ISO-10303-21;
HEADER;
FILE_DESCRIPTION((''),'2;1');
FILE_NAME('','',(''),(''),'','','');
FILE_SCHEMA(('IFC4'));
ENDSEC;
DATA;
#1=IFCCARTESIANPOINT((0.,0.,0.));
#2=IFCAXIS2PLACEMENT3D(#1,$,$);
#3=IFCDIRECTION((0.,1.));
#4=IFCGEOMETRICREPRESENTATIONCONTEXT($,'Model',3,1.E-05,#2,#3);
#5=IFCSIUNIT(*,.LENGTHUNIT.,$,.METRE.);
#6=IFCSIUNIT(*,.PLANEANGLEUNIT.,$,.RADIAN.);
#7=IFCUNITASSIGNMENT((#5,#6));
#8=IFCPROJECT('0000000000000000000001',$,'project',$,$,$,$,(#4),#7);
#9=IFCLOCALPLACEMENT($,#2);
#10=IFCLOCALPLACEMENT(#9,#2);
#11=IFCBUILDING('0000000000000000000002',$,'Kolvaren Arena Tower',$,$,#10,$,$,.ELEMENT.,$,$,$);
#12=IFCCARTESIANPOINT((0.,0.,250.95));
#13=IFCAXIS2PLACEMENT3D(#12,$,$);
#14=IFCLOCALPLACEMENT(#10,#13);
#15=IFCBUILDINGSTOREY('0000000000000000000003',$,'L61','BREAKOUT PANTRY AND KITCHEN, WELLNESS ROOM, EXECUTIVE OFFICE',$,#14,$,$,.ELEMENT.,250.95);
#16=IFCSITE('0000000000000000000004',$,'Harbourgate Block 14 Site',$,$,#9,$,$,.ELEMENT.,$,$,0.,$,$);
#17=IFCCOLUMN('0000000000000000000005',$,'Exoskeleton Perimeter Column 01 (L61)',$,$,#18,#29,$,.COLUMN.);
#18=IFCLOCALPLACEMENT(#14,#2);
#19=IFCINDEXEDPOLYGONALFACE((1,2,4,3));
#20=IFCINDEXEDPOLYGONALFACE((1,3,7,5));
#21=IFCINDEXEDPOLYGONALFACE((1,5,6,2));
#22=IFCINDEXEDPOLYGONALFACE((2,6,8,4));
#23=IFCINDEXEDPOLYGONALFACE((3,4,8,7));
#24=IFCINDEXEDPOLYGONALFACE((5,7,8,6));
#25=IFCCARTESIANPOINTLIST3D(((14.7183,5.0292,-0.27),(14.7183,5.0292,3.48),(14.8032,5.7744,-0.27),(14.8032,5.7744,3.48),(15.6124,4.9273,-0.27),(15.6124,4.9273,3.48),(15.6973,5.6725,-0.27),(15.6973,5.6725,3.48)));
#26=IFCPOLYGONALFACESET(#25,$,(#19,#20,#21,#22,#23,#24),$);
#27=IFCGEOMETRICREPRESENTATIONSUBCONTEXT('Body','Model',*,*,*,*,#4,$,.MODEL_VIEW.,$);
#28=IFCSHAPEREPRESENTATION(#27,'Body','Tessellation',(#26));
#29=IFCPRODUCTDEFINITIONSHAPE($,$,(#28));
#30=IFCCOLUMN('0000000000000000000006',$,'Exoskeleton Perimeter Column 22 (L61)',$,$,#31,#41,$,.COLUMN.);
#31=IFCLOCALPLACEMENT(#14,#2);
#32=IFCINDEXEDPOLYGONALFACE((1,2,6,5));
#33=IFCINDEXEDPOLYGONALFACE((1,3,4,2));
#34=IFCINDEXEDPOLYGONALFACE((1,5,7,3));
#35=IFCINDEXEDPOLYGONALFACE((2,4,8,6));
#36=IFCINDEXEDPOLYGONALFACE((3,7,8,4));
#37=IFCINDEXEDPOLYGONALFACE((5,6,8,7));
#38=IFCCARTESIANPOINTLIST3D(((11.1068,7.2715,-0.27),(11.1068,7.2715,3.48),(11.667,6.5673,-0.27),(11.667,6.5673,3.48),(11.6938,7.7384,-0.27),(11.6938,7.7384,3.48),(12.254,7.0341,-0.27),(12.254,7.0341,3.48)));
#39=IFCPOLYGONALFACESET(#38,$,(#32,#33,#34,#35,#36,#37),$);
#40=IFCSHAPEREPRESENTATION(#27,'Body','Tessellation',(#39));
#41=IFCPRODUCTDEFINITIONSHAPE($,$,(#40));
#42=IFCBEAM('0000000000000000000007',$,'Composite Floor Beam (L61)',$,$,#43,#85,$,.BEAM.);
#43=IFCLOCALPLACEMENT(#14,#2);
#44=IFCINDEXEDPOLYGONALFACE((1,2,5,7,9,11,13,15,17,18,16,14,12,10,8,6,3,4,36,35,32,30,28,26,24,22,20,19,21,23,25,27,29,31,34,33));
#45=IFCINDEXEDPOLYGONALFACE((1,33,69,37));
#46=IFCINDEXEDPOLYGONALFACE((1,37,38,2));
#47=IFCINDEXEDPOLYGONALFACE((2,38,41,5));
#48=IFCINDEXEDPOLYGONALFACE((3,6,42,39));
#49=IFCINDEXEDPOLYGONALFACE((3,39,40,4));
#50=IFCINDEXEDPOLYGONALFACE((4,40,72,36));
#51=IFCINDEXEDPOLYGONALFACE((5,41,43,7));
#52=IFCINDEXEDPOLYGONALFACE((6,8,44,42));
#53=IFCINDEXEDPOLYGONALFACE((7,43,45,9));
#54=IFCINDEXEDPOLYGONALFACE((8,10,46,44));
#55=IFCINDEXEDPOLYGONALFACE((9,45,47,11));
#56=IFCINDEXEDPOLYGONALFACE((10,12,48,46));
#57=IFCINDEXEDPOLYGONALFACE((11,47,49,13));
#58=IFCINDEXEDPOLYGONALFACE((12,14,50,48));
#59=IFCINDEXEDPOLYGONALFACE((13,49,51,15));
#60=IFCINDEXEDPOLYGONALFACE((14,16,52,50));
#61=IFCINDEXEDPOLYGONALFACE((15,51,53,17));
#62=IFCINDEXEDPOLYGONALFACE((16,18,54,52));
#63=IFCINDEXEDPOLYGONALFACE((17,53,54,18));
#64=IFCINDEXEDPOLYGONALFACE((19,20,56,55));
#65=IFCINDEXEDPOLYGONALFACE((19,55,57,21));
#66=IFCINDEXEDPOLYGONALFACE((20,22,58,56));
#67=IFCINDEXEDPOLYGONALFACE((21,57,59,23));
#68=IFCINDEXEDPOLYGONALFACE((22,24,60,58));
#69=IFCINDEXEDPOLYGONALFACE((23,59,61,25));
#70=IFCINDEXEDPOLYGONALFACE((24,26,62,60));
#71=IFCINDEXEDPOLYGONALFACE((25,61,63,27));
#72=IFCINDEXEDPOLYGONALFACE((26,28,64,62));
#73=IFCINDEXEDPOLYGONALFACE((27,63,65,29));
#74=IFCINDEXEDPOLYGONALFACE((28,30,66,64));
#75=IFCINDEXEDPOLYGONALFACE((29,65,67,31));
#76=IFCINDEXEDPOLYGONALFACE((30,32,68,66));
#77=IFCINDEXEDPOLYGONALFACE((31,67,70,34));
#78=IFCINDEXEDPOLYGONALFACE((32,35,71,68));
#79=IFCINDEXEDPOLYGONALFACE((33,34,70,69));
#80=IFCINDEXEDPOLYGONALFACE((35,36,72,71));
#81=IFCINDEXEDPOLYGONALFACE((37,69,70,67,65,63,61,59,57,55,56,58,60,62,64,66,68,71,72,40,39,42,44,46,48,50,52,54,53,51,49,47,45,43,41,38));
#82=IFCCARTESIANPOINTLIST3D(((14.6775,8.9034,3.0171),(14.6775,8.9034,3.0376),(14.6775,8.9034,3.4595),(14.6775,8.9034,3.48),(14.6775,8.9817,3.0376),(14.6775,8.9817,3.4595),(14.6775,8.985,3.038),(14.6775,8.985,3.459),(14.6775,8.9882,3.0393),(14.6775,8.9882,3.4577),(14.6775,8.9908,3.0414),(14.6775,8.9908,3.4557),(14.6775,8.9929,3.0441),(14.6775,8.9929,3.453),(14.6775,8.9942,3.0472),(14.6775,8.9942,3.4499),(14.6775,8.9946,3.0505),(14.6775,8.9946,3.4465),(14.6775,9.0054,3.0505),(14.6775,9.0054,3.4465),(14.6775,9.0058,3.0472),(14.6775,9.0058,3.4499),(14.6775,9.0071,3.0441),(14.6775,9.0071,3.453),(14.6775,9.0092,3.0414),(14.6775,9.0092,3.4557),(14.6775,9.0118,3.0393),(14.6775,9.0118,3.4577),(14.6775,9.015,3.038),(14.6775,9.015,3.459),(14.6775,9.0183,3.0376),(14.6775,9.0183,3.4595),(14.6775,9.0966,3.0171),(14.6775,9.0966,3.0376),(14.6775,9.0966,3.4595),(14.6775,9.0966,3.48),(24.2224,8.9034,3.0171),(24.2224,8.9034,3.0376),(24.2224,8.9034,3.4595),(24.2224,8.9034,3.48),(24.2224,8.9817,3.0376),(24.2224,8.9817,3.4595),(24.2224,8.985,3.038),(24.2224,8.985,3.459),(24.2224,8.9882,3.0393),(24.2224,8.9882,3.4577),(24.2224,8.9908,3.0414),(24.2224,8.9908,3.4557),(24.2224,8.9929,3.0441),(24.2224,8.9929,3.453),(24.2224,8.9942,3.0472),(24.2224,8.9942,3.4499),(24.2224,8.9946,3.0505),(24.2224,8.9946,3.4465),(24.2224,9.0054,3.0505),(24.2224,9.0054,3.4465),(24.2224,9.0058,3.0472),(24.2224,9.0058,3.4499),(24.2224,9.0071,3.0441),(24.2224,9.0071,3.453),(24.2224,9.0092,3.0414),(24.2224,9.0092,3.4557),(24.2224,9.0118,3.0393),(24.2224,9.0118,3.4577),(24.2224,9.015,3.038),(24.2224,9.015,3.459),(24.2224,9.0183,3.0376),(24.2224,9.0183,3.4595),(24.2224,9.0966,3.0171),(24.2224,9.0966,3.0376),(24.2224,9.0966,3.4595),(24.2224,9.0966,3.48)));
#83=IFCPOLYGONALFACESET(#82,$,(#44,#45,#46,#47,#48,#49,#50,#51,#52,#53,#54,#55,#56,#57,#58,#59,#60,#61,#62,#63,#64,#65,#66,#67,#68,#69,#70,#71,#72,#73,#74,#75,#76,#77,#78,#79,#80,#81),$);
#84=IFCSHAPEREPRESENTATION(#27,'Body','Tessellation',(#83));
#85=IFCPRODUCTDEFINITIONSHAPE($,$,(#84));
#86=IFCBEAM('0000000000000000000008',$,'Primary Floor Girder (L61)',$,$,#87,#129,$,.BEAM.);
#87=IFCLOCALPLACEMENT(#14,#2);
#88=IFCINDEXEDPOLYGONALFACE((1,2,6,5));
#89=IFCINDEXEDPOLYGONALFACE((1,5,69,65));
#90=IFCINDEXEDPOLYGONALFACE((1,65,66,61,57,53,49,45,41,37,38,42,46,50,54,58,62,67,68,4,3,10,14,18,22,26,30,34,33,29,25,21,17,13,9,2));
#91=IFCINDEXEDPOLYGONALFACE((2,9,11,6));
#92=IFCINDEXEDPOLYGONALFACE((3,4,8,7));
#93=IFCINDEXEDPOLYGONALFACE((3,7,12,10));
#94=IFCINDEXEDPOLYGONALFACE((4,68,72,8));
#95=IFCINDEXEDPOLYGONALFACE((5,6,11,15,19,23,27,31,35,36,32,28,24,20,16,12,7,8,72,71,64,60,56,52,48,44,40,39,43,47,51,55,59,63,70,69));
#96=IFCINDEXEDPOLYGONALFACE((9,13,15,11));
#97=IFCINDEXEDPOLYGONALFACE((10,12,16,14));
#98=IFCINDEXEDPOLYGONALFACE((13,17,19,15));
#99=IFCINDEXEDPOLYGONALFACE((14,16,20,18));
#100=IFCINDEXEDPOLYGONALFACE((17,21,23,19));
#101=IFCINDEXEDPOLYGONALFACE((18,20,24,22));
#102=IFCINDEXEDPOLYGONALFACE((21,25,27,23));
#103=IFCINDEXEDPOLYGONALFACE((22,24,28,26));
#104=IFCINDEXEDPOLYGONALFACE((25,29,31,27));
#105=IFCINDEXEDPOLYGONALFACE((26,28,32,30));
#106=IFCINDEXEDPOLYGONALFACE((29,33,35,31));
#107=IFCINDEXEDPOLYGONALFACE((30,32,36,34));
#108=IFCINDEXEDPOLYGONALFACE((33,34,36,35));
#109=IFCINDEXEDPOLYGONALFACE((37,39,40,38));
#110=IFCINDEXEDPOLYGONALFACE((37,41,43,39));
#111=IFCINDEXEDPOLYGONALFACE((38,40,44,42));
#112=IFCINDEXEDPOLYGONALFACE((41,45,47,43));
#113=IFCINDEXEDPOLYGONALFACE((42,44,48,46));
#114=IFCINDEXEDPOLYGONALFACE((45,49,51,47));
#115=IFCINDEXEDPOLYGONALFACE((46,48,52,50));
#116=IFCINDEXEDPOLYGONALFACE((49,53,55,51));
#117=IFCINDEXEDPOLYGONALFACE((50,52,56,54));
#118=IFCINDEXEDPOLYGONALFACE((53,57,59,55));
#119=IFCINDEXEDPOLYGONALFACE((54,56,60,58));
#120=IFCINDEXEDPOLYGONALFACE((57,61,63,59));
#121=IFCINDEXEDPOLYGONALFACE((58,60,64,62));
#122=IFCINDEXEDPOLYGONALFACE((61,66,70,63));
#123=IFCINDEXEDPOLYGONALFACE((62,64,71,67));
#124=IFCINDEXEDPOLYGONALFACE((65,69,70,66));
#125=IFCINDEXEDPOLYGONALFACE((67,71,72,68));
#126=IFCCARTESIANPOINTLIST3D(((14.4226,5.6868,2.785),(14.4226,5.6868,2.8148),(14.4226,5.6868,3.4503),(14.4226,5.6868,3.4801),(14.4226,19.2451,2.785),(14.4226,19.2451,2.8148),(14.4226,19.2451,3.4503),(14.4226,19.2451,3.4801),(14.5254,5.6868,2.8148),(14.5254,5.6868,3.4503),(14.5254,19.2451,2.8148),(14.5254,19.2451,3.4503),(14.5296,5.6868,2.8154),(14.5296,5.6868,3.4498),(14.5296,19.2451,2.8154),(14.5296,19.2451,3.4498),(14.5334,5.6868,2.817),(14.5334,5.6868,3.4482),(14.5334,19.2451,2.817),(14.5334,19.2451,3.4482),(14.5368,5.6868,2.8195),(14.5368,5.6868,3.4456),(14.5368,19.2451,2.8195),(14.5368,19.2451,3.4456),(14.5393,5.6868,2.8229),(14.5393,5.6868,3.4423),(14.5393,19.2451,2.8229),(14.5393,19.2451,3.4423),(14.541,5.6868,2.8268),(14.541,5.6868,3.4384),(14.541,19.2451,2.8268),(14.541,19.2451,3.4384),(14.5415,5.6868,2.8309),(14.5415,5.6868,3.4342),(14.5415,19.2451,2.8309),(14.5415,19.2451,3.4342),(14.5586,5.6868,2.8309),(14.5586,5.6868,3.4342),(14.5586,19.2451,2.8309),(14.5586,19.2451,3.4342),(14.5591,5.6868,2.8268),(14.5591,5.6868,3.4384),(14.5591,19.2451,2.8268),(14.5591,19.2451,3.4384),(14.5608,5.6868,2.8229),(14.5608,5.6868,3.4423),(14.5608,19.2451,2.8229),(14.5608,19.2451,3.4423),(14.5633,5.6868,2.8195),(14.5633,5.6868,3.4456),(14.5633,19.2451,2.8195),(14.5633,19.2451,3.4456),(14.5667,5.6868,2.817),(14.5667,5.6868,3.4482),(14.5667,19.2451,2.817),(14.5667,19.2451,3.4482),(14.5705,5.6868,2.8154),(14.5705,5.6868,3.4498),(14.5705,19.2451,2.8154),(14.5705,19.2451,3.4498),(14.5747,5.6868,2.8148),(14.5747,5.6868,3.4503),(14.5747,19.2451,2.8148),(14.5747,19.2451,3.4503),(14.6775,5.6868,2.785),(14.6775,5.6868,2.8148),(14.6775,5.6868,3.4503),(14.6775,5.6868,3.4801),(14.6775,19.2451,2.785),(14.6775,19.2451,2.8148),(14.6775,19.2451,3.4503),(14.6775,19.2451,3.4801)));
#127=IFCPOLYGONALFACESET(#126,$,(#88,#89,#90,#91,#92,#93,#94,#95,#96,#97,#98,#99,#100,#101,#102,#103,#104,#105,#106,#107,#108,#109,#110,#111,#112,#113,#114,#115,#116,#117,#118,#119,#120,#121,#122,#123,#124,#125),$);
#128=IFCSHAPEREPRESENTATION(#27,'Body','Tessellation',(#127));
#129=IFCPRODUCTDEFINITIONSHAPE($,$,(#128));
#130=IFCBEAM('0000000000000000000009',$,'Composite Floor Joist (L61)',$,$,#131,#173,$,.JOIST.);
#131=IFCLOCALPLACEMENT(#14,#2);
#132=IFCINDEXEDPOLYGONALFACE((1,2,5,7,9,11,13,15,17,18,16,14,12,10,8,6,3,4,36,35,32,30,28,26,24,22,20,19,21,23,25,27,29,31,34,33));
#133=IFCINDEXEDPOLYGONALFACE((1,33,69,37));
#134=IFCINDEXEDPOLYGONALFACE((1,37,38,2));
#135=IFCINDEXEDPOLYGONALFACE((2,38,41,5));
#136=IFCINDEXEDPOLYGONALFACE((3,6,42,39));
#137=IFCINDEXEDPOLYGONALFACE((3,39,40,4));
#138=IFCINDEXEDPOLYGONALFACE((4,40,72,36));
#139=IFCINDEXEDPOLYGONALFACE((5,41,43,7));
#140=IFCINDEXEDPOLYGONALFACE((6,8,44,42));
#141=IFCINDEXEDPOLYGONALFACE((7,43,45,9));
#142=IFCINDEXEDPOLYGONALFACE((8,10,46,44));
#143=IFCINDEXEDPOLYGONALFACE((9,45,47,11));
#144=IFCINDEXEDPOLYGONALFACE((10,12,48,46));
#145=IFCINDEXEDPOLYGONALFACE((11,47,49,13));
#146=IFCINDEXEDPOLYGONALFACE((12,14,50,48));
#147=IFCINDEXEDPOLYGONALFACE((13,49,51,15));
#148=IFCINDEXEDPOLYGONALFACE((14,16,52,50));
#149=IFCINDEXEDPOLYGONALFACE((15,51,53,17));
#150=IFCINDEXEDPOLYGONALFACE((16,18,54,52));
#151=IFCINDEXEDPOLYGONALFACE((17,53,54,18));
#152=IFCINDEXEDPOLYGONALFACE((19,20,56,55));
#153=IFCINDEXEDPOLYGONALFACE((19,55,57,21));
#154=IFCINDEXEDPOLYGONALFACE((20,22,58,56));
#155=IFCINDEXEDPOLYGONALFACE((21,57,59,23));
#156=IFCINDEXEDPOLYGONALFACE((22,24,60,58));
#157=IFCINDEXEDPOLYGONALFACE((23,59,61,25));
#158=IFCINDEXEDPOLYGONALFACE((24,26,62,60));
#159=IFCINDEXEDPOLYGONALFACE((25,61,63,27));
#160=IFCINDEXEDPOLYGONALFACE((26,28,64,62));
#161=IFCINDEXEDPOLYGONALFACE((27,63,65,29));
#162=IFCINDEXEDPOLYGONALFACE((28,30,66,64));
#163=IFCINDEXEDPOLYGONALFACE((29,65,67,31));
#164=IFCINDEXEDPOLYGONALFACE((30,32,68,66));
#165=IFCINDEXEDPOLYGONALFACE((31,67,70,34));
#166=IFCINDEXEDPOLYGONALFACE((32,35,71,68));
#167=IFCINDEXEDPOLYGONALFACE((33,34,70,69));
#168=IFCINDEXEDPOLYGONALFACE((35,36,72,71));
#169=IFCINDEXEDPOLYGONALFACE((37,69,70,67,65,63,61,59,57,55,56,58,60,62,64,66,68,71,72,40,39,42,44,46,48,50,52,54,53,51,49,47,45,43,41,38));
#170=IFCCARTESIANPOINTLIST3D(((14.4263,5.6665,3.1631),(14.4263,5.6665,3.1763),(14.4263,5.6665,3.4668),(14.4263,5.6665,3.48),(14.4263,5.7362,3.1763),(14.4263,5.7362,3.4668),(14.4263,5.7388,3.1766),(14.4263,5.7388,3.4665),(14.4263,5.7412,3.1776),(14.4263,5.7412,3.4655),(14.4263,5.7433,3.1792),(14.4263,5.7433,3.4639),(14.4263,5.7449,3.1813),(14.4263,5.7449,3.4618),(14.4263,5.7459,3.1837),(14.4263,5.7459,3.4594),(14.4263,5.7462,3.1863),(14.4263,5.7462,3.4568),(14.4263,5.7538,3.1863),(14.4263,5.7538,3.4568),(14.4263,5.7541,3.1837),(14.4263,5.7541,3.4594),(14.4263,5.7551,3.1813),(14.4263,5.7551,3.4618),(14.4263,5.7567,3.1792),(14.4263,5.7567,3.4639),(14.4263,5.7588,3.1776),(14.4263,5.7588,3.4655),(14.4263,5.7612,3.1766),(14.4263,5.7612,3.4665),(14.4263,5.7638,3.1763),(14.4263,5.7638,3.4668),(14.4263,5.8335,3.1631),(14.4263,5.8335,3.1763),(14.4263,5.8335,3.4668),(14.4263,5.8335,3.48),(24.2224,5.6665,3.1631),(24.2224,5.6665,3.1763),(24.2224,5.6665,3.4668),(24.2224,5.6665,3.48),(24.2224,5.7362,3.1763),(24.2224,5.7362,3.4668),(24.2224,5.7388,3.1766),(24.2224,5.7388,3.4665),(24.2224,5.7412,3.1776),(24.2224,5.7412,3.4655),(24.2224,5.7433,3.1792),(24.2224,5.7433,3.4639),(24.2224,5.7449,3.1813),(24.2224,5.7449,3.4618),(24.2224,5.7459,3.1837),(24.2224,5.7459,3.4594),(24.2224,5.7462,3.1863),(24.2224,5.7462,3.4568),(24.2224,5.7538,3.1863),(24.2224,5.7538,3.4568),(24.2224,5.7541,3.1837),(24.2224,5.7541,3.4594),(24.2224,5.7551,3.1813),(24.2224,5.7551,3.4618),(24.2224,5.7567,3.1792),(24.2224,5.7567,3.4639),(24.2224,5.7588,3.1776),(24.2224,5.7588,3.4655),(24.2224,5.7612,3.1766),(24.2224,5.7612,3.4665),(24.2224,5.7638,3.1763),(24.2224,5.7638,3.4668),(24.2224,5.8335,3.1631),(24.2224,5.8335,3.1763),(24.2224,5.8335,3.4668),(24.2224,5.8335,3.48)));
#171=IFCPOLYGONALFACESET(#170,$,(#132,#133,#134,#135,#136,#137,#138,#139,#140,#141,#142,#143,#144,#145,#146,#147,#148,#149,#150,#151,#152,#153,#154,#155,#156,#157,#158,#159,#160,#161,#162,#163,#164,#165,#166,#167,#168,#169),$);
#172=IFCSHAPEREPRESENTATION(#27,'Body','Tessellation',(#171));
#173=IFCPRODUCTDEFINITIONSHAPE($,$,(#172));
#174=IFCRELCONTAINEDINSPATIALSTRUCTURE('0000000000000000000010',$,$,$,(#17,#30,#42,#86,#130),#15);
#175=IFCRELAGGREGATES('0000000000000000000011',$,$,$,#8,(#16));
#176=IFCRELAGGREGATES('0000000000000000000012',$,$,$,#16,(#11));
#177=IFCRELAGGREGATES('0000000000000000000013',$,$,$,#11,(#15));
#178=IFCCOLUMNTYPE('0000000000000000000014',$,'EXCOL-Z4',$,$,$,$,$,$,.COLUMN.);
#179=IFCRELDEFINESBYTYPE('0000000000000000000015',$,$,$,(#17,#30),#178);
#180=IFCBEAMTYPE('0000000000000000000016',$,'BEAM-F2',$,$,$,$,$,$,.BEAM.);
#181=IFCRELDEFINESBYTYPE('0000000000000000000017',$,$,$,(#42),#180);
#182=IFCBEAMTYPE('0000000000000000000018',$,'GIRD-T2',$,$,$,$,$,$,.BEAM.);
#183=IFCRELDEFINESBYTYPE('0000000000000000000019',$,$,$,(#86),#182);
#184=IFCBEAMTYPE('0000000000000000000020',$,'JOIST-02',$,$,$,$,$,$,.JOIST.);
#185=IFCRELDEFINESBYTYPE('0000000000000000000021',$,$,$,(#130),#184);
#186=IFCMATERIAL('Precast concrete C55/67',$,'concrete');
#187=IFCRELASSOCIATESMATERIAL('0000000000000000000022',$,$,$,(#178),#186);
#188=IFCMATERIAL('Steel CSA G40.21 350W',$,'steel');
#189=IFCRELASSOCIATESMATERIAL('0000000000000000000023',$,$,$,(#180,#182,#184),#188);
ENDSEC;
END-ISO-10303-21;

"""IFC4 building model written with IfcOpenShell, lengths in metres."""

from ifc_helpers import new_model, si_unit, direction, frame, origin, origin_2d, place, context, subcontext, project, spatial, rectangle, i_section, extrude, material, material_profile, profile_set, type_object, element, save


model = new_model("IFC4")

# Units and contexts
model_context = context("Model", 3, precision=1e-05, world=origin(), true_north=direction((0.0, 1.0)))
body_context = subcontext(model_context, "Body", "Model", "MODEL_VIEW")
ifc_project = project(units=[si_unit("LENGTHUNIT", "METRE"), si_unit("PLANEANGLEUNIT", "RADIAN")], contexts=[model_context])

# Site, building, storey
site_placement = place(None, origin())
site = spatial("IfcSite", under=ifc_project, at=site_placement, Name="Harbourgate Block 14 Site", CompositionType="ELEMENT", RefElevation=0.0)
building_placement = place(site_placement, origin())
building = spatial("IfcBuilding", under=site, at=building_placement, Name="Kolvaren Arena Tower", CompositionType="ELEMENT")
storey_placement = place(building_placement, frame((0.0, 0.0, 250.95)))
storey = spatial("IfcBuildingStorey", under=building, at=storey_placement, Name="L61", Description="BREAKOUT PANTRY AND KITCHEN, WELLNESS ROOM, EXECUTIVE OFFICE", CompositionType="ELEMENT", Elevation=250.95)

# Columns
ifc_material_1 = material(Name="Precast concrete C55/67", Category="concrete")
ifc_material_profile_1 = material_profile(ifc_material_1, rectangle(XDim=0.8999, YDim=0.75, at=origin_2d()), Name="RC-900x750")
ifc_profile_set_1 = profile_set([ifc_material_profile_1], Name="Precast concrete C55/67")
column_type = type_object("IfcColumnType", Name="EXCOL-Z4", PredefinedType="COLUMN", material=ifc_profile_set_1)
for number, where, z_axis, x_axis, name in (
    (1, (15.2078, 5.3508, -0.27), (0.0, 0.0, 1.0), (0.993572, -0.113203, 0.0), "Exoskeleton Perimeter Column 01 (L61)"),
    (2, (11.6804, 7.1528, -0.27), (0.0, 0.0, 1.0), (-0.622515, 0.782608, 0.0), "Exoskeleton Perimeter Column 22 (L61)"),
):
    element("IfcColumn", number, at=place(storey_placement, frame(where, z_axis=z_axis, x_axis=x_axis)), inside=storey, type_object=column_type, Name=name, PredefinedType="COLUMN", context=body_context, shape_type="SweptSolid", body=[
        extrude(rectangle(XDim=0.8999, YDim=0.75, at=origin_2d()), origin(), (0.0, 0.0, 1.0), 3.75),
    ])

# Beams
ifc_material_2 = material(Name="Steel CSA G40.21 350W", Category="steel")
ifc_material_profile_2 = material_profile(ifc_material_2, i_section(OverallWidth=0.1931, OverallDepth=0.4629, WebThickness=0.0107, FlangeThickness=0.0205, FilletRadius=0.0129, at=origin_2d()), Name="W460x113")
ifc_profile_set_2 = profile_set([ifc_material_profile_2], Name="Steel CSA G40.21 350W")
beam_type_1 = type_object("IfcBeamType", Name="BEAM-F2", PredefinedType="BEAM", material=ifc_profile_set_2)
beam_1_placement = place(storey_placement, frame((14.6775, 9.0, 3.2485), z_axis=(1.0, 0.0, 0.0), x_axis=(0.0, 1.0, 0.0)))
element("IfcBeam", 3, at=beam_1_placement, inside=storey, type_object=beam_type_1, Name="Composite Floor Beam (L61)", PredefinedType="BEAM", context=body_context, shape_type="SweptSolid", body=[
    extrude(i_section(OverallWidth=0.1931, OverallDepth=0.4629, WebThickness=0.0107, FlangeThickness=0.0205, FilletRadius=0.0129, at=origin_2d()), origin(), (0.0, 0.0, 1.0), 9.5449),
])
ifc_material_profile_3 = material_profile(ifc_material_2, i_section(OverallWidth=0.2549, OverallDepth=0.6951, WebThickness=0.0171, FlangeThickness=0.0298, FilletRadius=0.0161, at=origin_2d()), Name="W690x217")
ifc_profile_set_3 = profile_set([ifc_material_profile_3], Name="Steel CSA G40.21 350W")
beam_type_2 = type_object("IfcBeamType", Name="GIRD-T2", PredefinedType="BEAM", material=ifc_profile_set_3)
beam_2_placement = place(storey_placement, frame((14.55, 5.6868, 3.1326), z_axis=(0.0, 1.0, 0.0), x_axis=(-1.0, 0.0, 0.0)))
element("IfcBeam", 4, at=beam_2_placement, inside=storey, type_object=beam_type_2, Name="Primary Floor Girder (L61)", PredefinedType="BEAM", context=body_context, shape_type="SweptSolid", body=[
    extrude(i_section(OverallWidth=0.2549, OverallDepth=0.6951, WebThickness=0.0171, FlangeThickness=0.0298, FilletRadius=0.0161, at=origin_2d()), origin(), (0.0, 0.0, 1.0), 13.5583),
])
ifc_material_profile_4 = material_profile(ifc_material_2, i_section(OverallWidth=0.167, OverallDepth=0.3169, WebThickness=0.0076, FlangeThickness=0.0132, FilletRadius=0.01, at=origin_2d()), Name="W310x52")
ifc_profile_set_4 = profile_set([ifc_material_profile_4], Name="Steel CSA G40.21 350W")
beam_type_3 = type_object("IfcBeamType", Name="JOIST-02", PredefinedType="JOIST", material=ifc_profile_set_4)
beam_3_placement = place(storey_placement, frame((14.4263, 5.75, 3.3215), z_axis=(1.0, 0.0, 0.0), x_axis=(0.0, 1.0, 0.0)))
element("IfcBeam", 5, at=beam_3_placement, inside=storey, type_object=beam_type_3, Name="Composite Floor Joist (L61)", PredefinedType="JOIST", context=body_context, shape_type="SweptSolid", body=[
    extrude(i_section(OverallWidth=0.167, OverallDepth=0.3169, WebThickness=0.0076, FlangeThickness=0.0132, FilletRadius=0.01, at=origin_2d()), origin(), (0.0, 0.0, 1.0), 9.7961),
])

save(model, "model.ifc")
